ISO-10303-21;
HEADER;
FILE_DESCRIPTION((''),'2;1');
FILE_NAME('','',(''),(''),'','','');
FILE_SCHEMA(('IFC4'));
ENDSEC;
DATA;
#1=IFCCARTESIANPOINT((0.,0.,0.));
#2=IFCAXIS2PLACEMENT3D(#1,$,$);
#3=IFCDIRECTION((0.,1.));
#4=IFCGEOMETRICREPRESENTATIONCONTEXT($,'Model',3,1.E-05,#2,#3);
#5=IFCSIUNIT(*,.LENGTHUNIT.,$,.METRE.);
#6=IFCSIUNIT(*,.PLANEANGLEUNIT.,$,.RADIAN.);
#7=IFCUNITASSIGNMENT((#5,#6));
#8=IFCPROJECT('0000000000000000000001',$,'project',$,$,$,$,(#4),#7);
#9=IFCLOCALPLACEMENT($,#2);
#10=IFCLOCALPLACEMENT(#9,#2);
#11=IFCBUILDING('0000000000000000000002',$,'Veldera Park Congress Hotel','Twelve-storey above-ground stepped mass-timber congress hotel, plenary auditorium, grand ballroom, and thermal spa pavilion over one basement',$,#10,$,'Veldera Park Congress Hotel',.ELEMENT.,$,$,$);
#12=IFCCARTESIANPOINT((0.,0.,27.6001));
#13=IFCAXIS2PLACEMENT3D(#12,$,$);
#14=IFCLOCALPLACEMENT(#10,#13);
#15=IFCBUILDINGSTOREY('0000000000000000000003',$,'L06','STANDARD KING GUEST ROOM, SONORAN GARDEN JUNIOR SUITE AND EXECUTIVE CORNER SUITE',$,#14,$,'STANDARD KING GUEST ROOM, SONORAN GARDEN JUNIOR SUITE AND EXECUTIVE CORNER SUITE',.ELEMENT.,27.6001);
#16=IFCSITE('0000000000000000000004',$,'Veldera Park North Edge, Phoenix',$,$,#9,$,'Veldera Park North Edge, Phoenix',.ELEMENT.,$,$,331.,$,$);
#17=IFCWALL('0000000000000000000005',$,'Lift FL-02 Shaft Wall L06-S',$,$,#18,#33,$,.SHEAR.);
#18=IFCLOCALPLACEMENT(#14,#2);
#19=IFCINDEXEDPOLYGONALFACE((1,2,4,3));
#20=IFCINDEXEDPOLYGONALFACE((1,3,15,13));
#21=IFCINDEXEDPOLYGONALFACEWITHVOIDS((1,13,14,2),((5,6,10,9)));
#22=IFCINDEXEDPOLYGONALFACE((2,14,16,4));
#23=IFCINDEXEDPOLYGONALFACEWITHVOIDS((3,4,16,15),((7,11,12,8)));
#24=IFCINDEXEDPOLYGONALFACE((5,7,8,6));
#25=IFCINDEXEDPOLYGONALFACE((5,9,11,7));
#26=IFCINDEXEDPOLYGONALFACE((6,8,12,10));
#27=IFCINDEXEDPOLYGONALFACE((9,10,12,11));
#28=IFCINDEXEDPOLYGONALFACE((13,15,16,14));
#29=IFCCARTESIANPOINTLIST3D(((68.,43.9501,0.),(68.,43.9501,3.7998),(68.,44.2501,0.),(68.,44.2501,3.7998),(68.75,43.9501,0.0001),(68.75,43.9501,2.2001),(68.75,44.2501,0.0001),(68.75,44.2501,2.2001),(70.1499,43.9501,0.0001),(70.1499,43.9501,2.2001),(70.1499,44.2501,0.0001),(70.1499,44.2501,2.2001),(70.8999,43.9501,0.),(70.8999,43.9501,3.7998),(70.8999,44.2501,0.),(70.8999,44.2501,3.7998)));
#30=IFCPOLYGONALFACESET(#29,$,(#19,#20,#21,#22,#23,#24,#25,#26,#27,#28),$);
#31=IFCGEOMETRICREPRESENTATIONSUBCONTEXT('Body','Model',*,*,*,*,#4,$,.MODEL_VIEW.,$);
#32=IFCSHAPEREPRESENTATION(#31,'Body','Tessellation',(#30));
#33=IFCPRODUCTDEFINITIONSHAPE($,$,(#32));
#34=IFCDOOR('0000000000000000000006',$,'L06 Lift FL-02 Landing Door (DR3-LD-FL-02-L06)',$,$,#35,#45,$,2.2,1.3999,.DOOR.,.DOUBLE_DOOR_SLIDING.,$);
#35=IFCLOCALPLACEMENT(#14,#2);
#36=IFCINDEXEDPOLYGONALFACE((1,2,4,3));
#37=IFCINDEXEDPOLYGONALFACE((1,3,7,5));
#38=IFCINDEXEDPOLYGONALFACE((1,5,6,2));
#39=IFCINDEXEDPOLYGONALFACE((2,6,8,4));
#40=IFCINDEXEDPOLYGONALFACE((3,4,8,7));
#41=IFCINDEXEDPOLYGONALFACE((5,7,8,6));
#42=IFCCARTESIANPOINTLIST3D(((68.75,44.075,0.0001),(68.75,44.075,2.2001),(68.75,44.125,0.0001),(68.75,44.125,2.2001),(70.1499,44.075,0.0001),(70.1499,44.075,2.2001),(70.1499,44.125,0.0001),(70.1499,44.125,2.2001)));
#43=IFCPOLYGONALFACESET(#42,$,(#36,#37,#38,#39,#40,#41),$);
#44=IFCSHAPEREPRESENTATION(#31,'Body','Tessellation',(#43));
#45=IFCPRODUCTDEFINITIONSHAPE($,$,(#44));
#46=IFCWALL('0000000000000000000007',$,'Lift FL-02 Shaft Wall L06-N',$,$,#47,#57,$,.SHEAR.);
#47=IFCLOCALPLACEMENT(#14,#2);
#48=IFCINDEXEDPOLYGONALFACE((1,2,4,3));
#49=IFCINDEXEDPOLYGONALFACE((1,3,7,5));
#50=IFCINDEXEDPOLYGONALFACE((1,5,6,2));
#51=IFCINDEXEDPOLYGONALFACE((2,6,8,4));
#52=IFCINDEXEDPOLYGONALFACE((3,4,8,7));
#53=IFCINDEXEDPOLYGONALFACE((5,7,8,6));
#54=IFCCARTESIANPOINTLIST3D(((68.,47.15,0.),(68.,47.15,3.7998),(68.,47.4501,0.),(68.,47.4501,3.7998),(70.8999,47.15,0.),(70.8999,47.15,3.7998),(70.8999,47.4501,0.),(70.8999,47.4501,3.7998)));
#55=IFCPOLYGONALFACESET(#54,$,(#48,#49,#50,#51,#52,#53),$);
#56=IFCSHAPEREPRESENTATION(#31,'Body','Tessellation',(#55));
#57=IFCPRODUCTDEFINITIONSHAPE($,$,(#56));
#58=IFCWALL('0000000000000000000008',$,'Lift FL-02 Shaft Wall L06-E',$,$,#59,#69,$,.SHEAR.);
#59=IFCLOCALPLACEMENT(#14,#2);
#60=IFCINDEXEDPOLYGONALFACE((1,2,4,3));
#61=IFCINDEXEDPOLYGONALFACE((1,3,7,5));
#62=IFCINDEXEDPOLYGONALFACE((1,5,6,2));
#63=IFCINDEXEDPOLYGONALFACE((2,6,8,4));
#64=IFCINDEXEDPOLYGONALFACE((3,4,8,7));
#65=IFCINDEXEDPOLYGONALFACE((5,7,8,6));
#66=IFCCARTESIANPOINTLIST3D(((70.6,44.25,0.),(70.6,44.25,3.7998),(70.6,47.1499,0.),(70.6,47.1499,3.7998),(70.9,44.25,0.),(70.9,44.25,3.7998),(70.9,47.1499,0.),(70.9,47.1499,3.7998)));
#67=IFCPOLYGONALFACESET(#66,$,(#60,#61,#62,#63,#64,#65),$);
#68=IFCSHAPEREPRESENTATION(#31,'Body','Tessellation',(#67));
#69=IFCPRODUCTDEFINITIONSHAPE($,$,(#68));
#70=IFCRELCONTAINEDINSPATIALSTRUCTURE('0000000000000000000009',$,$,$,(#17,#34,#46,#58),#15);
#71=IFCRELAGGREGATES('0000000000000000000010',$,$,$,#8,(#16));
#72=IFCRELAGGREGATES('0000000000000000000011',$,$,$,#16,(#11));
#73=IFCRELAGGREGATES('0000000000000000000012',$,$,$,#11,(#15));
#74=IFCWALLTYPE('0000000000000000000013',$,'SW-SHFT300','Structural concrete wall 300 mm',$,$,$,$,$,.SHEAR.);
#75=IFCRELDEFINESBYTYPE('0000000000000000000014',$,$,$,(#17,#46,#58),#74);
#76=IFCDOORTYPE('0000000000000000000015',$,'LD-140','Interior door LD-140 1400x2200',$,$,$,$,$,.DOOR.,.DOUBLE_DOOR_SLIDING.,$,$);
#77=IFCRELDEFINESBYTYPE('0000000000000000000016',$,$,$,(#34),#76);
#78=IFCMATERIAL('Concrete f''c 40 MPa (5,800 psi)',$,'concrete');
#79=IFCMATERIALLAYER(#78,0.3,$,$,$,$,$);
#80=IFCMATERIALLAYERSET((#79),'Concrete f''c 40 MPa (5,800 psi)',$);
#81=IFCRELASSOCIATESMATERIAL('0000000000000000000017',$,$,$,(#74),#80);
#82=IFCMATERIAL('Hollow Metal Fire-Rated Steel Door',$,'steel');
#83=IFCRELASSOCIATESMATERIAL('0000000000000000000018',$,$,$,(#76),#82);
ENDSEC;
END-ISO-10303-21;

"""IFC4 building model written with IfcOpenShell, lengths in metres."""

from ifc_helpers import new_model, si_unit, direction, frame, frame_2d, origin, place, context, subcontext, project, spatial, rectangle, extrude, material, layer, layer_set, type_object, element, fill, save


model = new_model("IFC4")

# Units and contexts
model_context = context("Model", 3, precision=1e-05, world=origin(), true_north=direction((0.0, 1.0)))
body_context = subcontext(model_context, "Body", "Model", "MODEL_VIEW")
ifc_project = project(units=[si_unit("LENGTHUNIT", "METRE"), si_unit("PLANEANGLEUNIT", "RADIAN")], contexts=[model_context])

# Site, building, storey
site_placement = place(None, origin())
site = spatial("IfcSite", under=ifc_project, at=site_placement, Name="Veldera Park North Edge, Phoenix", LongName="Veldera Park North Edge, Phoenix", CompositionType="ELEMENT", RefElevation=331.0)
building_placement = place(site_placement, origin())
building = spatial("IfcBuilding", under=site, at=building_placement, Name="Veldera Park Congress Hotel", Description="Twelve-storey above-ground stepped mass-timber congress hotel, plenary auditorium, grand ballroom, and thermal spa pavilion over one basement", LongName="Veldera Park Congress Hotel", CompositionType="ELEMENT")
storey_placement = place(building_placement, frame((0.0, 0.0, 27.6001)))
storey = spatial("IfcBuildingStorey", under=building, at=storey_placement, Name="L06", Description="STANDARD KING GUEST ROOM, SONORAN GARDEN JUNIOR SUITE AND EXECUTIVE CORNER SUITE", LongName="STANDARD KING GUEST ROOM, SONORAN GARDEN JUNIOR SUITE AND EXECUTIVE CORNER SUITE", CompositionType="ELEMENT", Elevation=27.6001)

# Shared definitions
ifc_material_1 = material(Name="Concrete f'c 40 MPa (5,800 psi)", Category="concrete")
ifc_material_2 = material(Name="Hollow Metal Fire-Rated Steel Door", Category="steel")

# Shared definitions
ifc_layer_1 = layer(ifc_material_1, 0.3)
ifc_layer_set_1 = layer_set([ifc_layer_1], Name="Concrete f'c 40 MPa (5,800 psi)")
wall_type_1 = type_object("IfcWallType", Name="SW-SHFT300", Description="Structural concrete wall 300 mm", PredefinedType="SHEAR", material=ifc_layer_set_1)

# Wall, opening, door
wall_1_placement = place(storey_placement, frame((68.0, 44.1001, 0.0), z_axis=(0.0, 0.0, 1.0), x_axis=(1.0, 0.0, 0.0)))
wall_1 = element("IfcWall", 1, at=wall_1_placement, inside=storey, type_object=wall_type_1, Name="Lift FL-02 Shaft Wall L06-S", PredefinedType="SHEAR", context=body_context, shape_type="SweptSolid", body=[
    extrude(rectangle(XDim=2.8999, YDim=0.3, at=frame_2d((1.45, 0.0))), origin(), (0.0, 0.0, 1.0), 3.7998),
])
opening_1_placement = place(wall_1_placement, frame((0.75, 0.0, 0.0)))
opening_1 = element("IfcOpeningElement", 2, at=opening_1_placement, cuts=wall_1, PredefinedType="OPENING", context=body_context, shape_type="SweptSolid", body=[
    extrude(rectangle(XDim=1.3999, YDim=2.2, at=frame_2d((0.7, 1.1001))), frame((0.0, 0.1621, 0.0), z_axis=(0.0, -1.0, 0.0), x_axis=(1.0, 0.0, 0.0)), (0.0, 0.0, 1.0), 0.324),
])
door_type_1 = type_object("IfcDoorType", Name="LD-140", Description="Interior door LD-140 1400x2200", OperationType="DOUBLE_DOOR_SLIDING", PredefinedType="DOOR", material=ifc_material_2)
door_1_placement = place(opening_1_placement, origin())
door_1 = element("IfcDoor", 3, at=door_1_placement, inside=storey, type_object=door_type_1, Name="L06 Lift FL-02 Landing Door (DR3-LD-FL-02-L06)", OperationType="DOUBLE_DOOR_SLIDING", OverallHeight=2.2, OverallWidth=1.3999, PredefinedType="DOOR", context=body_context, shape_type="SweptSolid", body=[
    extrude(rectangle(XDim=1.3999, YDim=2.2, at=frame_2d((0.7, 1.1001))), frame((0.0, 0.0249, 0.0), z_axis=(0.0, -1.0, 0.0), x_axis=(1.0, 0.0, 0.0)), (0.0, 0.0, 1.0), 0.05),
])
fill(opening_1, door_1)

# Walls
for number, where, z_axis, x_axis, name in (
    (4, (70.8999, 47.3, 0.0), (0.0, 0.0, 1.0), (-1.0, 0.0, 0.0), "Lift FL-02 Shaft Wall L06-N"),
    (5, (70.75, 44.25, 0.0), (0.0, 0.0, 1.0), (0.0, 1.0, 0.0), "Lift FL-02 Shaft Wall L06-E"),
):
    element("IfcWall", number, at=place(storey_placement, frame(where, z_axis=z_axis, x_axis=x_axis)), inside=storey, type_object=wall_type_1, Name=name, PredefinedType="SHEAR", context=body_context, shape_type="SweptSolid", body=[
        extrude(rectangle(XDim=2.8999, YDim=0.3, at=frame_2d((1.45, 0.0))), origin(), (0.0, 0.0, 1.0), 3.7998),
    ])

save(model, "model.ifc")
